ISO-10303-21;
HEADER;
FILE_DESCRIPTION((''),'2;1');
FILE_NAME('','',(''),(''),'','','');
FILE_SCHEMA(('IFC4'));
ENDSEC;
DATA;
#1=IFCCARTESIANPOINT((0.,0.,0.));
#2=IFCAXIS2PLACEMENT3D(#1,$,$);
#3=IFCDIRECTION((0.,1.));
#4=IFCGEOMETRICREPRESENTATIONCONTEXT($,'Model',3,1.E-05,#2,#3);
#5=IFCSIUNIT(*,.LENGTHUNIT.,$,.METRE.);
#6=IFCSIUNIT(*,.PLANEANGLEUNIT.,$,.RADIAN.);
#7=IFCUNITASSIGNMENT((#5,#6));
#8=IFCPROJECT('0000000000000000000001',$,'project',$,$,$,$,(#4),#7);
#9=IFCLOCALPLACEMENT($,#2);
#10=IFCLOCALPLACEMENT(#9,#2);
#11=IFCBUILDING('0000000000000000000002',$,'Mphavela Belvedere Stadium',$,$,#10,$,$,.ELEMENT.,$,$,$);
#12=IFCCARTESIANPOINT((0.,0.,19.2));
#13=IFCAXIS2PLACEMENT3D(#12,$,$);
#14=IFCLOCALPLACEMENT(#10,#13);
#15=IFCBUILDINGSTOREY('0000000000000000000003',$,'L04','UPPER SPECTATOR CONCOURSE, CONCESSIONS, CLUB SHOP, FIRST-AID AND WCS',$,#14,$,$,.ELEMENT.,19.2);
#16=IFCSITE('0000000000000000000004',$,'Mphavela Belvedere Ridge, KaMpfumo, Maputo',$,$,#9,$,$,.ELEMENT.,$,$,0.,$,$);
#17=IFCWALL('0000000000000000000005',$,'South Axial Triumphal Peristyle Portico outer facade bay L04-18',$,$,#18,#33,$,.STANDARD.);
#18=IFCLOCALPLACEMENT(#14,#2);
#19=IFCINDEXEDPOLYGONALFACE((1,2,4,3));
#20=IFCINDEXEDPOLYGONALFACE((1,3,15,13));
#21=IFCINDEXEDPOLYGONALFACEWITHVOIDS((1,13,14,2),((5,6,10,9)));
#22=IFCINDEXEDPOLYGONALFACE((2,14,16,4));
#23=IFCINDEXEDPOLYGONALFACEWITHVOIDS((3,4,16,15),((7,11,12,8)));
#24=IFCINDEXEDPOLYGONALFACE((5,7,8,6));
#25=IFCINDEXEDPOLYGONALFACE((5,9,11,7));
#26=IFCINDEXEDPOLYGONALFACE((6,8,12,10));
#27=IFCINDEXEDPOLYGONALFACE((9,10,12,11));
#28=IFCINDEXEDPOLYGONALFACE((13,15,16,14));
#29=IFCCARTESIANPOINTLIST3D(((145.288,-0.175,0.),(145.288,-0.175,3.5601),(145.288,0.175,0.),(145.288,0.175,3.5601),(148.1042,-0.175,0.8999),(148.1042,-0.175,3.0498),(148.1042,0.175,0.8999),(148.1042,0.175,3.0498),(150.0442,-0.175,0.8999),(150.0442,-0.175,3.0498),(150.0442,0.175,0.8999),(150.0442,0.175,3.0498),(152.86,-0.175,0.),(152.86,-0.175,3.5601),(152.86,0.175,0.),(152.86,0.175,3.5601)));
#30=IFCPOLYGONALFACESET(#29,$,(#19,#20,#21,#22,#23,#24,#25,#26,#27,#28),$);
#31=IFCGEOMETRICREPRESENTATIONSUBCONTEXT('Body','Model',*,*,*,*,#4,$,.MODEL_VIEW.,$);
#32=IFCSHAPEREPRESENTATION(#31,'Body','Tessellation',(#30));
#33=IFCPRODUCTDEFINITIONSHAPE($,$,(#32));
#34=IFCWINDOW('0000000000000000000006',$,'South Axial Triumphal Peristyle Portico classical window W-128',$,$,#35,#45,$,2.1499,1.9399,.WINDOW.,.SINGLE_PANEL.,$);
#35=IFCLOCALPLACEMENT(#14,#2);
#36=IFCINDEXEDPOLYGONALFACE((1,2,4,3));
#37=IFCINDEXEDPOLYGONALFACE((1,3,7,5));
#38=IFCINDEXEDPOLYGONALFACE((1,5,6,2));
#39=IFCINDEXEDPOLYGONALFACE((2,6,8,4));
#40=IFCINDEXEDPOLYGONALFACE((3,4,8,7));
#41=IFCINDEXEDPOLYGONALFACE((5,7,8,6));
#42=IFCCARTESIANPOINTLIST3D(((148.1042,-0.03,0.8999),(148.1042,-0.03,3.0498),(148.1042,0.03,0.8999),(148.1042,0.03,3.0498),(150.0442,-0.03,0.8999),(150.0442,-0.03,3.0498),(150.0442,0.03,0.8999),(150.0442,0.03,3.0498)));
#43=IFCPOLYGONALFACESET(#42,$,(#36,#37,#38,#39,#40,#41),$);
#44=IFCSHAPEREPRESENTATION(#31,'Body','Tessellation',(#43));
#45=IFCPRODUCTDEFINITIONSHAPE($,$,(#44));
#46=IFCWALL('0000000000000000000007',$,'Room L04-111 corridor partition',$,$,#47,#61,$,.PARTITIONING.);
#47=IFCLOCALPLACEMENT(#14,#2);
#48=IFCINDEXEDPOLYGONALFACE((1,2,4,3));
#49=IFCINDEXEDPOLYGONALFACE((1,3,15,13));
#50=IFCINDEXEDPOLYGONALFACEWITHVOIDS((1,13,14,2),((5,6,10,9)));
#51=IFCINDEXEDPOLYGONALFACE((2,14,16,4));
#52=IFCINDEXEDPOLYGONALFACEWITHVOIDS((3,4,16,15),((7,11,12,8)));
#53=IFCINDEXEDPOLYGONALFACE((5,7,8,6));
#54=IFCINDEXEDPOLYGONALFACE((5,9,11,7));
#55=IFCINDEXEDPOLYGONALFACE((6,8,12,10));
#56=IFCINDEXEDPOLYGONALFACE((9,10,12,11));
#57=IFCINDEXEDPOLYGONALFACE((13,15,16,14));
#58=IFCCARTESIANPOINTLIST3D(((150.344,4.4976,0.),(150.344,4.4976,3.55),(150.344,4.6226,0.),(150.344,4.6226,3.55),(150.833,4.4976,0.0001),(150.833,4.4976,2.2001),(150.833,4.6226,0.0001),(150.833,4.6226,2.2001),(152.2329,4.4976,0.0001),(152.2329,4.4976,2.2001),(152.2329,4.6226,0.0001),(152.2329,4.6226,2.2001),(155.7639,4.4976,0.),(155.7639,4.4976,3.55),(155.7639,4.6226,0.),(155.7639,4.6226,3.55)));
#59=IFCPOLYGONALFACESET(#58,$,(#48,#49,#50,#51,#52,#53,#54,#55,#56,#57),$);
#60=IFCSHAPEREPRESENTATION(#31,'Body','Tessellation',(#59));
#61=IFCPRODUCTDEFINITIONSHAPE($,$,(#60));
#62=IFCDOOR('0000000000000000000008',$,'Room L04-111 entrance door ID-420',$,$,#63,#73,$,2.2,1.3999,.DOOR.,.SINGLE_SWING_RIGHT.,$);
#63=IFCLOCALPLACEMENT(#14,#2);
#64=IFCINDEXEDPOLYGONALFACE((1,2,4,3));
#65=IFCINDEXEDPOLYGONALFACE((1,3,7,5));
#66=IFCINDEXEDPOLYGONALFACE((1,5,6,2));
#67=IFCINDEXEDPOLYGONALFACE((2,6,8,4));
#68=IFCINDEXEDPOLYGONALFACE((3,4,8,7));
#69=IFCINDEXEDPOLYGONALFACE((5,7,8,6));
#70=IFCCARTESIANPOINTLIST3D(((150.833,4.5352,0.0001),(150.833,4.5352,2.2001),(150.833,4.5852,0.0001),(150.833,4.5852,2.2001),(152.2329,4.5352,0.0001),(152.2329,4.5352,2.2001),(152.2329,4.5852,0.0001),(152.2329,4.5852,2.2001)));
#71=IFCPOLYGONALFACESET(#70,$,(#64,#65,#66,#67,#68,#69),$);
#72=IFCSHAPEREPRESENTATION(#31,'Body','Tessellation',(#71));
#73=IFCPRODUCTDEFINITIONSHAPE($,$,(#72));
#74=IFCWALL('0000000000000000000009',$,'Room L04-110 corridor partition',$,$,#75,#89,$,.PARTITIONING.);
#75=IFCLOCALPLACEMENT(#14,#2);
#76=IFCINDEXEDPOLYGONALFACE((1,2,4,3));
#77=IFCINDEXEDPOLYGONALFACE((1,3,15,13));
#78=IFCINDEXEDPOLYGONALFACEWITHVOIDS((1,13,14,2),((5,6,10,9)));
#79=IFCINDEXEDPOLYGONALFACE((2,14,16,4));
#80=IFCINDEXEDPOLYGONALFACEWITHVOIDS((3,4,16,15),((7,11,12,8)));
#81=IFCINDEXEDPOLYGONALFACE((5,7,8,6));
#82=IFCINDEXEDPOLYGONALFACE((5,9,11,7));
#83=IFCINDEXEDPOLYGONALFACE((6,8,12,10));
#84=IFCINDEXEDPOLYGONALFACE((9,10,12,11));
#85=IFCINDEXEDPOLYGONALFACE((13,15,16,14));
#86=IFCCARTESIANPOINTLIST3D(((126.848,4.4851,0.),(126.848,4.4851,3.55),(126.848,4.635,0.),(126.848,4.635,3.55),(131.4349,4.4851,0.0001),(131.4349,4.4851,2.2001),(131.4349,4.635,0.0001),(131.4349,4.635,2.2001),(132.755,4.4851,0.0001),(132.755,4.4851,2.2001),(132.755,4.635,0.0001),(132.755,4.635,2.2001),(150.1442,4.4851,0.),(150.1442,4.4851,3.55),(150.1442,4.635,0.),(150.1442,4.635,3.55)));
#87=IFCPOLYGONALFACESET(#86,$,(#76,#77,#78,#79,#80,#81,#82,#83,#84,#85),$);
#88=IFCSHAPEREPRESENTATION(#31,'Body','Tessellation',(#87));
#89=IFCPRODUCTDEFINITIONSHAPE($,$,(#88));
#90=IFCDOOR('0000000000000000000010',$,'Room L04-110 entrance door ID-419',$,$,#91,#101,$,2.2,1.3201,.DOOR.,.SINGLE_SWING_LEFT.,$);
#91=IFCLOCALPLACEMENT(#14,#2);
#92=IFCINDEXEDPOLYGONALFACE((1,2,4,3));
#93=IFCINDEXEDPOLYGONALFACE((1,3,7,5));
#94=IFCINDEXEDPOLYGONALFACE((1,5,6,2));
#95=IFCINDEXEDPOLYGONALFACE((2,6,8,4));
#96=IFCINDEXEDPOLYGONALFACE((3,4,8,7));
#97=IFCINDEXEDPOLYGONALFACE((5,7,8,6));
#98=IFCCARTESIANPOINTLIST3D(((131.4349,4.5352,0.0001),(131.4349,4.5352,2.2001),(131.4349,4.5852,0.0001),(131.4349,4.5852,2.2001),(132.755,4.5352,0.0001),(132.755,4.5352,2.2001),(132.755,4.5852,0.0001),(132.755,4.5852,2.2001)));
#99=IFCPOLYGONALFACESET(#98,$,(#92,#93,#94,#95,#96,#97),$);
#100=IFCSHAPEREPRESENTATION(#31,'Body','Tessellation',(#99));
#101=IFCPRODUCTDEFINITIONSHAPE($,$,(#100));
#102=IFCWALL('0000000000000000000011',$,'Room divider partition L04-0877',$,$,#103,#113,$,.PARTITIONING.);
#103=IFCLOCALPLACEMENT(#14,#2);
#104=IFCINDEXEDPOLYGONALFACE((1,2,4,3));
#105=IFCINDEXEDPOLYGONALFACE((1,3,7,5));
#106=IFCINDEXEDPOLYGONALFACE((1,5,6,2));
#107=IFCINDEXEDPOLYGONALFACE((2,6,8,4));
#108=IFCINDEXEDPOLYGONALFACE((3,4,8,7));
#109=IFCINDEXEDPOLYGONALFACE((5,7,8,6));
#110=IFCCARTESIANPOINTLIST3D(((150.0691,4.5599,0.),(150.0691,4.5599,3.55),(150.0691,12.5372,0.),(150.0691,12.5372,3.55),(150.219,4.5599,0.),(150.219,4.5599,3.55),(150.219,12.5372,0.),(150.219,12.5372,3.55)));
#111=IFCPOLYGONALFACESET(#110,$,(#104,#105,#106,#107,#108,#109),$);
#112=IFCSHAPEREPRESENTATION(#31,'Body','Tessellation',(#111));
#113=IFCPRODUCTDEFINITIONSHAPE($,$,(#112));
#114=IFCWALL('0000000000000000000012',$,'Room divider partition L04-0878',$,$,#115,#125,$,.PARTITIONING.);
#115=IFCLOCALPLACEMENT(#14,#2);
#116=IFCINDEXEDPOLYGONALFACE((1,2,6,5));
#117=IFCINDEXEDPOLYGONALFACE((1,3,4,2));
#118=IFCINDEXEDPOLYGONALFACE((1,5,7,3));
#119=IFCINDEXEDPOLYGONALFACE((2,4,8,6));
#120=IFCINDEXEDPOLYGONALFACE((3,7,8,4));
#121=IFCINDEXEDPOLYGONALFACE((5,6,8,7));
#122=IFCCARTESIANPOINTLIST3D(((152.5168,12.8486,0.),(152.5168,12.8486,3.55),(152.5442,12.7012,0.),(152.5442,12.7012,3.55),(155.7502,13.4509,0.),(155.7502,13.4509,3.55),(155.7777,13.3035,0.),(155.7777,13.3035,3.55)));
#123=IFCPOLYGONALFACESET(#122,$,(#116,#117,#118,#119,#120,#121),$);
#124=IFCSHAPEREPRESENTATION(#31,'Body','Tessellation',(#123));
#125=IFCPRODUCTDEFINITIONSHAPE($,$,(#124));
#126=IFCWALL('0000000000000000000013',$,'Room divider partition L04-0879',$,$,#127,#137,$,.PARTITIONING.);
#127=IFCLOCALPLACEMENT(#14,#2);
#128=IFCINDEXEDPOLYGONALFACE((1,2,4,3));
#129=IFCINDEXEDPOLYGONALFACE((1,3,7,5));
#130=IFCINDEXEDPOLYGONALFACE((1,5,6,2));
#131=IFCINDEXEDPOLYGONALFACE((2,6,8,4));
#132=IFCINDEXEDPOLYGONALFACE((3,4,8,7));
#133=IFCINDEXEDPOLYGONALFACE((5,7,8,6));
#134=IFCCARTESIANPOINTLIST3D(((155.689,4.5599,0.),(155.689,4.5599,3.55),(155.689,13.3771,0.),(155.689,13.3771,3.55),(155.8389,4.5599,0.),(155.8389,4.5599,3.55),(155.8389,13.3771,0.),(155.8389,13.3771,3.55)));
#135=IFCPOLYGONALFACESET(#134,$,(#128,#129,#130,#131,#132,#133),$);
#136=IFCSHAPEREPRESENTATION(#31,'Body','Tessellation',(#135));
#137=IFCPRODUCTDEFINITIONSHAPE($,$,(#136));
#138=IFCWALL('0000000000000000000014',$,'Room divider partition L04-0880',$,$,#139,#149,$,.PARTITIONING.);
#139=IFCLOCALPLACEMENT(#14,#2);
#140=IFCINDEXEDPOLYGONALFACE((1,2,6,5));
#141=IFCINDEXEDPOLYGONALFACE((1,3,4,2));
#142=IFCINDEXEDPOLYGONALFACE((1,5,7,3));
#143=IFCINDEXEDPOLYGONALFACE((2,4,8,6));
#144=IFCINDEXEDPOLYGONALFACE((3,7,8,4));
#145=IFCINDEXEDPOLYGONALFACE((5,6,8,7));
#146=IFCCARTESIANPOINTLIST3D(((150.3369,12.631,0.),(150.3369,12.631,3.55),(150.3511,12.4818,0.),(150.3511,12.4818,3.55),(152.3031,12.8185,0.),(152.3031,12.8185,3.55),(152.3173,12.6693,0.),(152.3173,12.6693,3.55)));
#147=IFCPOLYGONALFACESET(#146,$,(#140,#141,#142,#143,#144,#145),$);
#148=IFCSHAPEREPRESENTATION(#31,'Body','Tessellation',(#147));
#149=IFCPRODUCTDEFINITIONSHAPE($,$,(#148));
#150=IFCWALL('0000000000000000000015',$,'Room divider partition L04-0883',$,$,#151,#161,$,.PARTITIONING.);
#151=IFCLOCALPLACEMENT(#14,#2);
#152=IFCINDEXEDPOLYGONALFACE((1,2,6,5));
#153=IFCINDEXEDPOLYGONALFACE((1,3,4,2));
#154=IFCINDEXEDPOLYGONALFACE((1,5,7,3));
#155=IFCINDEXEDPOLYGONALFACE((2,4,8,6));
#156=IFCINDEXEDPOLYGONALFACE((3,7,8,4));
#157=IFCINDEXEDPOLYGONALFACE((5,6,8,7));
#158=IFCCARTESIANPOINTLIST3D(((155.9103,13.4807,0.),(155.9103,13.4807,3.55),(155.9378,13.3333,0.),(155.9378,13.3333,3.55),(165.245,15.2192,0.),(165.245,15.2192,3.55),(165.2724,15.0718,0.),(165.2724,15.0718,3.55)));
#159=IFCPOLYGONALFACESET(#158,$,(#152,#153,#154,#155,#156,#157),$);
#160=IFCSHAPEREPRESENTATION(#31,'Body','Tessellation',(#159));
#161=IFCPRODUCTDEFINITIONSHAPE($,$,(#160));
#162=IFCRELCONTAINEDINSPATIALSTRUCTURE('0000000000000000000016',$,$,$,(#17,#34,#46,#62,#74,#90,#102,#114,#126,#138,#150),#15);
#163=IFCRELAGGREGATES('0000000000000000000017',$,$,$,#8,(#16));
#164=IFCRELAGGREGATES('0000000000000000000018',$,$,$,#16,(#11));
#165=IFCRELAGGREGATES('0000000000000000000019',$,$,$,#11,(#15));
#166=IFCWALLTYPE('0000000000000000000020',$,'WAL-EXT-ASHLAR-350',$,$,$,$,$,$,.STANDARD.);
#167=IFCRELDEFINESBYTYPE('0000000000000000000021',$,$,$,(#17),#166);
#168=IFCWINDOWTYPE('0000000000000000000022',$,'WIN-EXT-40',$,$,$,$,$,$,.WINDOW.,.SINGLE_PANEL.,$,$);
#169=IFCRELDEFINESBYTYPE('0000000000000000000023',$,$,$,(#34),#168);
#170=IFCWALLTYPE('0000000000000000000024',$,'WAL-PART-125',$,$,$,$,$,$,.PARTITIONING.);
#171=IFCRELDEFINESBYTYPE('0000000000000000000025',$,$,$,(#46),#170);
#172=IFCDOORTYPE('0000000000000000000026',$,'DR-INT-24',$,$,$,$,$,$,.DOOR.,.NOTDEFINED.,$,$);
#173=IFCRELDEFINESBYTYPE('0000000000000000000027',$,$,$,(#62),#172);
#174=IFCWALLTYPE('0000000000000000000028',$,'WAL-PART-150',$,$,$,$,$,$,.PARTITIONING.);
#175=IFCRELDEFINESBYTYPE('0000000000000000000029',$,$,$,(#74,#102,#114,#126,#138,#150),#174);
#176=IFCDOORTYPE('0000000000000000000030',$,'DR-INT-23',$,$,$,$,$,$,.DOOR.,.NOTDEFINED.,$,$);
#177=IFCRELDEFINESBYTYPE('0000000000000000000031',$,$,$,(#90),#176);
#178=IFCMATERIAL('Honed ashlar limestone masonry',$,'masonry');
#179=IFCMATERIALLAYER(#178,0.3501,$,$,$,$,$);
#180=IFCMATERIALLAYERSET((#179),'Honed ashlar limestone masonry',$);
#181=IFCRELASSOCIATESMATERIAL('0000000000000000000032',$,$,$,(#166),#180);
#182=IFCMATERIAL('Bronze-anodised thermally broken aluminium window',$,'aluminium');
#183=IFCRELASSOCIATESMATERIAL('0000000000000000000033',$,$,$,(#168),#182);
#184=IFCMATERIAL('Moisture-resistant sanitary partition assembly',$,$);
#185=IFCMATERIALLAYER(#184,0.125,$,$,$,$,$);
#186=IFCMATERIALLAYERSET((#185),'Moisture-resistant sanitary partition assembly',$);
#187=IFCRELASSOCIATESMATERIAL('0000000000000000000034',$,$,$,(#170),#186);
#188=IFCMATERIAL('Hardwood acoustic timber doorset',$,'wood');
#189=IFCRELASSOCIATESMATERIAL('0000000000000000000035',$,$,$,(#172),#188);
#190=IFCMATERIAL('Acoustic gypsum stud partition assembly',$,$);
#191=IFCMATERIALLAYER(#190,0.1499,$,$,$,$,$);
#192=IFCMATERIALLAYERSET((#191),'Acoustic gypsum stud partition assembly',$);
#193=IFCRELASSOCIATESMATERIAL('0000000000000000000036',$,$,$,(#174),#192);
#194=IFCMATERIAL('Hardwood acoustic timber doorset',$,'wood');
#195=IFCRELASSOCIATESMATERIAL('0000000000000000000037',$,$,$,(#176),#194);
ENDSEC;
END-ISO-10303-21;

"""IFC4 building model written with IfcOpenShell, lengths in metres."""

from ifc_helpers import new_model, si_unit, direction, frame, frame_2d, origin, place, context, subcontext, project, spatial, rectangle, extrude, material, layer, layer_set, type_object, element, fill, save


model = new_model("IFC4")

# Units and contexts
model_context = context("Model", 3, precision=1e-05, world=origin(), true_north=direction((0.0, 1.0)))
body_context = subcontext(model_context, "Body", "Model", "MODEL_VIEW")
ifc_project = project(units=[si_unit("LENGTHUNIT", "METRE"), si_unit("PLANEANGLEUNIT", "RADIAN")], contexts=[model_context])

# Site, building, storey
site_placement = place(None, origin())
site = spatial("IfcSite", under=ifc_project, at=site_placement, Name="Mphavela Belvedere Ridge, KaMpfumo, Maputo", CompositionType="ELEMENT", RefElevation=0.0)
building_placement = place(site_placement, origin())
building = spatial("IfcBuilding", under=site, at=building_placement, Name="Mphavela Belvedere Stadium", CompositionType="ELEMENT")
storey_placement = place(building_placement, frame((0.0, 0.0, 19.2)))
storey = spatial("IfcBuildingStorey", under=building, at=storey_placement, Name="L04", Description="UPPER SPECTATOR CONCOURSE, CONCESSIONS, CLUB SHOP, FIRST-AID AND WCS", CompositionType="ELEMENT", Elevation=19.2)

# Wall, opening, window
ifc_material_1 = material(Name="Honed ashlar limestone masonry", Category="masonry")
ifc_layer_1 = layer(ifc_material_1, 0.3501)
ifc_layer_set_1 = layer_set([ifc_layer_1], Name="Honed ashlar limestone masonry")
wall_type_1 = type_object("IfcWallType", Name="WAL-EXT-ASHLAR-350", PredefinedType="STANDARD", material=ifc_layer_set_1)
wall_1_placement = place(storey_placement, frame((152.8601, 0.0, 0.0), z_axis=(0.0, 0.0, 1.0), x_axis=(-1.0, 0.0, 0.0)))
wall_1 = element("IfcWall", 1, at=wall_1_placement, inside=storey, type_object=wall_type_1, Name="South Axial Triumphal Peristyle Portico outer facade bay L04-18", PredefinedType="STANDARD", context=body_context, shape_type="SweptSolid", body=[
    extrude(rectangle(XDim=7.572, YDim=0.3501, at=frame_2d((3.7861, 0.0))), origin(), (0.0, 0.0, 1.0), 3.5601),
])
opening_1_placement = place(wall_1_placement, frame((2.8159, 0.0, 0.8999)))
opening_1 = element("IfcOpeningElement", 2, at=opening_1_placement, cuts=wall_1, PredefinedType="OPENING", context=body_context, shape_type="SweptSolid", body=[
    extrude(rectangle(XDim=1.9399, YDim=2.1499, at=frame_2d((0.97, 1.075))), frame((0.0, 0.1851, 0.0), z_axis=(0.0, -1.0, 0.0), x_axis=(1.0, 0.0, 0.0)), (0.0, 0.0, 1.0), 0.3701),
])
ifc_material_2 = material(Name="Bronze-anodised thermally broken aluminium window", Category="aluminium")
window_type = type_object("IfcWindowType", Name="WIN-EXT-40", PartitioningType="SINGLE_PANEL", PredefinedType="WINDOW", material=ifc_material_2)
window_placement = place(opening_1_placement, origin())
window = element("IfcWindow", 3, at=window_placement, inside=storey, type_object=window_type, Name="South Axial Triumphal Peristyle Portico classical window W-128", OverallHeight=2.1499, OverallWidth=1.9399, PartitioningType="SINGLE_PANEL", PredefinedType="WINDOW", context=body_context, shape_type="SweptSolid", body=[
    extrude(rectangle(XDim=1.9399, YDim=2.1499, at=frame_2d((0.97, 1.075))), frame((0.0, 0.03, 0.0), z_axis=(0.0, -1.0, 0.0), x_axis=(1.0, 0.0, 0.0)), (0.0, 0.0, 1.0), 0.0601),
])
fill(opening_1, window)

# Walls, openings, doors
ifc_material_3 = material(Name="Moisture-resistant sanitary partition assembly")
ifc_layer_2 = layer(ifc_material_3, 0.125)
ifc_layer_set_2 = layer_set([ifc_layer_2], Name="Moisture-resistant sanitary partition assembly")
wall_type_2 = type_object("IfcWallType", Name="WAL-PART-125", PredefinedType="PARTITIONING", material=ifc_layer_set_2)
wall_2_placement = place(storey_placement, frame((155.7639, 4.5601, 0.0), z_axis=(0.0, 0.0, 1.0), x_axis=(-1.0, 0.0, 0.0)))
wall_2 = element("IfcWall", 4, at=wall_2_placement, inside=storey, type_object=wall_type_2, Name="Room L04-111 corridor partition", PredefinedType="PARTITIONING", context=body_context, shape_type="SweptSolid", body=[
    extrude(rectangle(XDim=5.4199, YDim=0.125, at=frame_2d((2.71, 0.0))), origin(), (0.0, 0.0, 1.0), 3.55),
])
opening_2_placement = place(wall_2_placement, frame((3.531, 0.0, 0.0)))
opening_2 = element("IfcOpeningElement", 5, at=opening_2_placement, cuts=wall_2, PredefinedType="OPENING", context=body_context, shape_type="SweptSolid", body=[
    extrude(rectangle(XDim=1.3999, YDim=2.2, at=frame_2d((0.7, 1.1001))), frame((0.0, 0.0725, 0.0), z_axis=(0.0, -1.0, 0.0), x_axis=(1.0, 0.0, 0.0)), (0.0, 0.0, 1.0), 0.145),
])
ifc_material_4 = material(Name="Hardwood acoustic timber doorset", Category="wood")
door_type_1 = type_object("IfcDoorType", Name="DR-INT-24", OperationType="NOTDEFINED", PredefinedType="DOOR", material=ifc_material_4)
door_1_placement = place(opening_2_placement, origin())
door_1 = element("IfcDoor", 6, at=door_1_placement, inside=storey, type_object=door_type_1, Name="Room L04-111 entrance door ID-420", OperationType="SINGLE_SWING_RIGHT", OverallHeight=2.2, OverallWidth=1.3999, PredefinedType="DOOR", context=body_context, shape_type="SweptSolid", body=[
    extrude(rectangle(XDim=1.3999, YDim=2.2, at=frame_2d((0.7, 1.1001))), frame((0.0, 0.0249, 0.0), z_axis=(0.0, -1.0, 0.0), x_axis=(1.0, 0.0, 0.0)), (0.0, 0.0, 1.0), 0.05),
])
fill(opening_2, door_1)
ifc_material_5 = material(Name="Acoustic gypsum stud partition assembly")
ifc_layer_3 = layer(ifc_material_5, 0.1499)
ifc_layer_set_3 = layer_set([ifc_layer_3], Name="Acoustic gypsum stud partition assembly")
wall_type_3 = type_object("IfcWallType", Name="WAL-PART-150", PredefinedType="PARTITIONING", material=ifc_layer_set_3)
wall_3_placement = place(storey_placement, frame((150.144, 4.5601, 0.0), z_axis=(0.0, 0.0, 1.0), x_axis=(-1.0, 0.0, 0.0)))
wall_3 = element("IfcWall", 7, at=wall_3_placement, inside=storey, type_object=wall_type_3, Name="Room L04-110 corridor partition", PredefinedType="PARTITIONING", context=body_context, shape_type="SweptSolid", body=[
    extrude(rectangle(XDim=23.2961, YDim=0.1499, at=frame_2d((11.6479, 0.0))), origin(), (0.0, 0.0, 1.0), 3.55),
])
opening_3_placement = place(wall_3_placement, frame((17.3889, 0.0, 0.0)))
opening_3 = element("IfcOpeningElement", 8, at=opening_3_placement, cuts=wall_3, PredefinedType="OPENING", context=body_context, shape_type="SweptSolid", body=[
    extrude(rectangle(XDim=1.3201, YDim=2.2, at=frame_2d((0.6602, 1.1001))), frame((0.0, 0.085, 0.0), z_axis=(0.0, -1.0, 0.0), x_axis=(1.0, 0.0, 0.0)), (0.0, 0.0, 1.0), 0.1699),
])
ifc_material_6 = material(Name="Hardwood acoustic timber doorset", Category="wood")
door_type_2 = type_object("IfcDoorType", Name="DR-INT-23", OperationType="NOTDEFINED", PredefinedType="DOOR", material=ifc_material_6)
door_2_placement = place(opening_3_placement, origin())
door_2 = element("IfcDoor", 9, at=door_2_placement, inside=storey, type_object=door_type_2, Name="Room L04-110 entrance door ID-419", OperationType="SINGLE_SWING_LEFT", OverallHeight=2.2, OverallWidth=1.3201, PredefinedType="DOOR", context=body_context, shape_type="SweptSolid", body=[
    extrude(rectangle(XDim=1.3201, YDim=2.2, at=frame_2d((0.6602, 1.1001))), frame((0.0, 0.0249, 0.0), z_axis=(0.0, -1.0, 0.0), x_axis=(1.0, 0.0, 0.0)), (0.0, 0.0, 1.0), 0.05),
])
fill(opening_3, door_2)

# Walls
wall_4_placement = place(storey_placement, frame((150.144, 12.5374, 0.0), z_axis=(0.0, 0.0, 1.0), x_axis=(0.0, -1.0, 0.0)))
element("IfcWall", 10, at=wall_4_placement, inside=storey, type_object=wall_type_3, Name="Room divider partition L04-0877", PredefinedType="PARTITIONING", context=body_context, shape_type="SweptSolid", body=[
    extrude(rectangle(XDim=7.9773, YDim=0.1499, at=frame_2d((3.9888, 0.0))), origin(), (0.0, 0.0, 1.0), 3.55),
])
wall_5_placement = place(storey_placement, frame((152.5305, 12.7749, 0.0), z_axis=(0.0, 0.0, 1.0), x_axis=(0.98309, 0.183123, 0.0)))
element("IfcWall", 11, at=wall_5_placement, inside=storey, type_object=wall_type_3, Name="Room divider partition L04-0878", PredefinedType="PARTITIONING", context=body_context, shape_type="SweptSolid", body=[
    extrude(rectangle(XDim=3.2891, YDim=0.1499, at=frame_2d((1.6445, 0.0))), origin(), (0.0, 0.0, 1.0), 3.55),
])
wall_6_placement = place(storey_placement, frame((155.7639, 13.3772, 0.0), z_axis=(0.0, 0.0, 1.0), x_axis=(0.0, -1.0, 0.0)))
element("IfcWall", 12, at=wall_6_placement, inside=storey, type_object=wall_type_3, Name="Room divider partition L04-0879", PredefinedType="PARTITIONING", context=body_context, shape_type="SweptSolid", body=[
    extrude(rectangle(XDim=8.8171, YDim=0.1499, at=frame_2d((4.4087, 0.0))), origin(), (0.0, 0.0, 1.0), 3.55),
])
wall_7_placement = place(storey_placement, frame((150.344, 12.5564, 0.0), z_axis=(0.0, 0.0, 1.0), x_axis=(0.995483, 0.094937, 0.0)))
element("IfcWall", 13, at=wall_7_placement, inside=storey, type_object=wall_type_3, Name="Room divider partition L04-0880", PredefinedType="PARTITIONING", context=body_context, shape_type="SweptSolid", body=[
    extrude(rectangle(XDim=1.9751, YDim=0.1499, at=frame_2d((0.9875, 0.0))), origin(), (0.0, 0.0, 1.0), 3.55),
])
wall_8_placement = place(storey_placement, frame((155.9241, 13.407, 0.0), z_axis=(0.0, 0.0, 1.0), x_axis=(0.983095, 0.183095, 0.0)))
element("IfcWall", 14, at=wall_8_placement, inside=storey, type_object=wall_type_3, Name="Room divider partition L04-0883", PredefinedType="PARTITIONING", context=body_context, shape_type="SweptSolid", body=[
    extrude(rectangle(XDim=9.4951, YDim=0.1499, at=frame_2d((4.7476, 0.0))), origin(), (0.0, 0.0, 1.0), 3.55),
])

save(model, "model.ifc")
